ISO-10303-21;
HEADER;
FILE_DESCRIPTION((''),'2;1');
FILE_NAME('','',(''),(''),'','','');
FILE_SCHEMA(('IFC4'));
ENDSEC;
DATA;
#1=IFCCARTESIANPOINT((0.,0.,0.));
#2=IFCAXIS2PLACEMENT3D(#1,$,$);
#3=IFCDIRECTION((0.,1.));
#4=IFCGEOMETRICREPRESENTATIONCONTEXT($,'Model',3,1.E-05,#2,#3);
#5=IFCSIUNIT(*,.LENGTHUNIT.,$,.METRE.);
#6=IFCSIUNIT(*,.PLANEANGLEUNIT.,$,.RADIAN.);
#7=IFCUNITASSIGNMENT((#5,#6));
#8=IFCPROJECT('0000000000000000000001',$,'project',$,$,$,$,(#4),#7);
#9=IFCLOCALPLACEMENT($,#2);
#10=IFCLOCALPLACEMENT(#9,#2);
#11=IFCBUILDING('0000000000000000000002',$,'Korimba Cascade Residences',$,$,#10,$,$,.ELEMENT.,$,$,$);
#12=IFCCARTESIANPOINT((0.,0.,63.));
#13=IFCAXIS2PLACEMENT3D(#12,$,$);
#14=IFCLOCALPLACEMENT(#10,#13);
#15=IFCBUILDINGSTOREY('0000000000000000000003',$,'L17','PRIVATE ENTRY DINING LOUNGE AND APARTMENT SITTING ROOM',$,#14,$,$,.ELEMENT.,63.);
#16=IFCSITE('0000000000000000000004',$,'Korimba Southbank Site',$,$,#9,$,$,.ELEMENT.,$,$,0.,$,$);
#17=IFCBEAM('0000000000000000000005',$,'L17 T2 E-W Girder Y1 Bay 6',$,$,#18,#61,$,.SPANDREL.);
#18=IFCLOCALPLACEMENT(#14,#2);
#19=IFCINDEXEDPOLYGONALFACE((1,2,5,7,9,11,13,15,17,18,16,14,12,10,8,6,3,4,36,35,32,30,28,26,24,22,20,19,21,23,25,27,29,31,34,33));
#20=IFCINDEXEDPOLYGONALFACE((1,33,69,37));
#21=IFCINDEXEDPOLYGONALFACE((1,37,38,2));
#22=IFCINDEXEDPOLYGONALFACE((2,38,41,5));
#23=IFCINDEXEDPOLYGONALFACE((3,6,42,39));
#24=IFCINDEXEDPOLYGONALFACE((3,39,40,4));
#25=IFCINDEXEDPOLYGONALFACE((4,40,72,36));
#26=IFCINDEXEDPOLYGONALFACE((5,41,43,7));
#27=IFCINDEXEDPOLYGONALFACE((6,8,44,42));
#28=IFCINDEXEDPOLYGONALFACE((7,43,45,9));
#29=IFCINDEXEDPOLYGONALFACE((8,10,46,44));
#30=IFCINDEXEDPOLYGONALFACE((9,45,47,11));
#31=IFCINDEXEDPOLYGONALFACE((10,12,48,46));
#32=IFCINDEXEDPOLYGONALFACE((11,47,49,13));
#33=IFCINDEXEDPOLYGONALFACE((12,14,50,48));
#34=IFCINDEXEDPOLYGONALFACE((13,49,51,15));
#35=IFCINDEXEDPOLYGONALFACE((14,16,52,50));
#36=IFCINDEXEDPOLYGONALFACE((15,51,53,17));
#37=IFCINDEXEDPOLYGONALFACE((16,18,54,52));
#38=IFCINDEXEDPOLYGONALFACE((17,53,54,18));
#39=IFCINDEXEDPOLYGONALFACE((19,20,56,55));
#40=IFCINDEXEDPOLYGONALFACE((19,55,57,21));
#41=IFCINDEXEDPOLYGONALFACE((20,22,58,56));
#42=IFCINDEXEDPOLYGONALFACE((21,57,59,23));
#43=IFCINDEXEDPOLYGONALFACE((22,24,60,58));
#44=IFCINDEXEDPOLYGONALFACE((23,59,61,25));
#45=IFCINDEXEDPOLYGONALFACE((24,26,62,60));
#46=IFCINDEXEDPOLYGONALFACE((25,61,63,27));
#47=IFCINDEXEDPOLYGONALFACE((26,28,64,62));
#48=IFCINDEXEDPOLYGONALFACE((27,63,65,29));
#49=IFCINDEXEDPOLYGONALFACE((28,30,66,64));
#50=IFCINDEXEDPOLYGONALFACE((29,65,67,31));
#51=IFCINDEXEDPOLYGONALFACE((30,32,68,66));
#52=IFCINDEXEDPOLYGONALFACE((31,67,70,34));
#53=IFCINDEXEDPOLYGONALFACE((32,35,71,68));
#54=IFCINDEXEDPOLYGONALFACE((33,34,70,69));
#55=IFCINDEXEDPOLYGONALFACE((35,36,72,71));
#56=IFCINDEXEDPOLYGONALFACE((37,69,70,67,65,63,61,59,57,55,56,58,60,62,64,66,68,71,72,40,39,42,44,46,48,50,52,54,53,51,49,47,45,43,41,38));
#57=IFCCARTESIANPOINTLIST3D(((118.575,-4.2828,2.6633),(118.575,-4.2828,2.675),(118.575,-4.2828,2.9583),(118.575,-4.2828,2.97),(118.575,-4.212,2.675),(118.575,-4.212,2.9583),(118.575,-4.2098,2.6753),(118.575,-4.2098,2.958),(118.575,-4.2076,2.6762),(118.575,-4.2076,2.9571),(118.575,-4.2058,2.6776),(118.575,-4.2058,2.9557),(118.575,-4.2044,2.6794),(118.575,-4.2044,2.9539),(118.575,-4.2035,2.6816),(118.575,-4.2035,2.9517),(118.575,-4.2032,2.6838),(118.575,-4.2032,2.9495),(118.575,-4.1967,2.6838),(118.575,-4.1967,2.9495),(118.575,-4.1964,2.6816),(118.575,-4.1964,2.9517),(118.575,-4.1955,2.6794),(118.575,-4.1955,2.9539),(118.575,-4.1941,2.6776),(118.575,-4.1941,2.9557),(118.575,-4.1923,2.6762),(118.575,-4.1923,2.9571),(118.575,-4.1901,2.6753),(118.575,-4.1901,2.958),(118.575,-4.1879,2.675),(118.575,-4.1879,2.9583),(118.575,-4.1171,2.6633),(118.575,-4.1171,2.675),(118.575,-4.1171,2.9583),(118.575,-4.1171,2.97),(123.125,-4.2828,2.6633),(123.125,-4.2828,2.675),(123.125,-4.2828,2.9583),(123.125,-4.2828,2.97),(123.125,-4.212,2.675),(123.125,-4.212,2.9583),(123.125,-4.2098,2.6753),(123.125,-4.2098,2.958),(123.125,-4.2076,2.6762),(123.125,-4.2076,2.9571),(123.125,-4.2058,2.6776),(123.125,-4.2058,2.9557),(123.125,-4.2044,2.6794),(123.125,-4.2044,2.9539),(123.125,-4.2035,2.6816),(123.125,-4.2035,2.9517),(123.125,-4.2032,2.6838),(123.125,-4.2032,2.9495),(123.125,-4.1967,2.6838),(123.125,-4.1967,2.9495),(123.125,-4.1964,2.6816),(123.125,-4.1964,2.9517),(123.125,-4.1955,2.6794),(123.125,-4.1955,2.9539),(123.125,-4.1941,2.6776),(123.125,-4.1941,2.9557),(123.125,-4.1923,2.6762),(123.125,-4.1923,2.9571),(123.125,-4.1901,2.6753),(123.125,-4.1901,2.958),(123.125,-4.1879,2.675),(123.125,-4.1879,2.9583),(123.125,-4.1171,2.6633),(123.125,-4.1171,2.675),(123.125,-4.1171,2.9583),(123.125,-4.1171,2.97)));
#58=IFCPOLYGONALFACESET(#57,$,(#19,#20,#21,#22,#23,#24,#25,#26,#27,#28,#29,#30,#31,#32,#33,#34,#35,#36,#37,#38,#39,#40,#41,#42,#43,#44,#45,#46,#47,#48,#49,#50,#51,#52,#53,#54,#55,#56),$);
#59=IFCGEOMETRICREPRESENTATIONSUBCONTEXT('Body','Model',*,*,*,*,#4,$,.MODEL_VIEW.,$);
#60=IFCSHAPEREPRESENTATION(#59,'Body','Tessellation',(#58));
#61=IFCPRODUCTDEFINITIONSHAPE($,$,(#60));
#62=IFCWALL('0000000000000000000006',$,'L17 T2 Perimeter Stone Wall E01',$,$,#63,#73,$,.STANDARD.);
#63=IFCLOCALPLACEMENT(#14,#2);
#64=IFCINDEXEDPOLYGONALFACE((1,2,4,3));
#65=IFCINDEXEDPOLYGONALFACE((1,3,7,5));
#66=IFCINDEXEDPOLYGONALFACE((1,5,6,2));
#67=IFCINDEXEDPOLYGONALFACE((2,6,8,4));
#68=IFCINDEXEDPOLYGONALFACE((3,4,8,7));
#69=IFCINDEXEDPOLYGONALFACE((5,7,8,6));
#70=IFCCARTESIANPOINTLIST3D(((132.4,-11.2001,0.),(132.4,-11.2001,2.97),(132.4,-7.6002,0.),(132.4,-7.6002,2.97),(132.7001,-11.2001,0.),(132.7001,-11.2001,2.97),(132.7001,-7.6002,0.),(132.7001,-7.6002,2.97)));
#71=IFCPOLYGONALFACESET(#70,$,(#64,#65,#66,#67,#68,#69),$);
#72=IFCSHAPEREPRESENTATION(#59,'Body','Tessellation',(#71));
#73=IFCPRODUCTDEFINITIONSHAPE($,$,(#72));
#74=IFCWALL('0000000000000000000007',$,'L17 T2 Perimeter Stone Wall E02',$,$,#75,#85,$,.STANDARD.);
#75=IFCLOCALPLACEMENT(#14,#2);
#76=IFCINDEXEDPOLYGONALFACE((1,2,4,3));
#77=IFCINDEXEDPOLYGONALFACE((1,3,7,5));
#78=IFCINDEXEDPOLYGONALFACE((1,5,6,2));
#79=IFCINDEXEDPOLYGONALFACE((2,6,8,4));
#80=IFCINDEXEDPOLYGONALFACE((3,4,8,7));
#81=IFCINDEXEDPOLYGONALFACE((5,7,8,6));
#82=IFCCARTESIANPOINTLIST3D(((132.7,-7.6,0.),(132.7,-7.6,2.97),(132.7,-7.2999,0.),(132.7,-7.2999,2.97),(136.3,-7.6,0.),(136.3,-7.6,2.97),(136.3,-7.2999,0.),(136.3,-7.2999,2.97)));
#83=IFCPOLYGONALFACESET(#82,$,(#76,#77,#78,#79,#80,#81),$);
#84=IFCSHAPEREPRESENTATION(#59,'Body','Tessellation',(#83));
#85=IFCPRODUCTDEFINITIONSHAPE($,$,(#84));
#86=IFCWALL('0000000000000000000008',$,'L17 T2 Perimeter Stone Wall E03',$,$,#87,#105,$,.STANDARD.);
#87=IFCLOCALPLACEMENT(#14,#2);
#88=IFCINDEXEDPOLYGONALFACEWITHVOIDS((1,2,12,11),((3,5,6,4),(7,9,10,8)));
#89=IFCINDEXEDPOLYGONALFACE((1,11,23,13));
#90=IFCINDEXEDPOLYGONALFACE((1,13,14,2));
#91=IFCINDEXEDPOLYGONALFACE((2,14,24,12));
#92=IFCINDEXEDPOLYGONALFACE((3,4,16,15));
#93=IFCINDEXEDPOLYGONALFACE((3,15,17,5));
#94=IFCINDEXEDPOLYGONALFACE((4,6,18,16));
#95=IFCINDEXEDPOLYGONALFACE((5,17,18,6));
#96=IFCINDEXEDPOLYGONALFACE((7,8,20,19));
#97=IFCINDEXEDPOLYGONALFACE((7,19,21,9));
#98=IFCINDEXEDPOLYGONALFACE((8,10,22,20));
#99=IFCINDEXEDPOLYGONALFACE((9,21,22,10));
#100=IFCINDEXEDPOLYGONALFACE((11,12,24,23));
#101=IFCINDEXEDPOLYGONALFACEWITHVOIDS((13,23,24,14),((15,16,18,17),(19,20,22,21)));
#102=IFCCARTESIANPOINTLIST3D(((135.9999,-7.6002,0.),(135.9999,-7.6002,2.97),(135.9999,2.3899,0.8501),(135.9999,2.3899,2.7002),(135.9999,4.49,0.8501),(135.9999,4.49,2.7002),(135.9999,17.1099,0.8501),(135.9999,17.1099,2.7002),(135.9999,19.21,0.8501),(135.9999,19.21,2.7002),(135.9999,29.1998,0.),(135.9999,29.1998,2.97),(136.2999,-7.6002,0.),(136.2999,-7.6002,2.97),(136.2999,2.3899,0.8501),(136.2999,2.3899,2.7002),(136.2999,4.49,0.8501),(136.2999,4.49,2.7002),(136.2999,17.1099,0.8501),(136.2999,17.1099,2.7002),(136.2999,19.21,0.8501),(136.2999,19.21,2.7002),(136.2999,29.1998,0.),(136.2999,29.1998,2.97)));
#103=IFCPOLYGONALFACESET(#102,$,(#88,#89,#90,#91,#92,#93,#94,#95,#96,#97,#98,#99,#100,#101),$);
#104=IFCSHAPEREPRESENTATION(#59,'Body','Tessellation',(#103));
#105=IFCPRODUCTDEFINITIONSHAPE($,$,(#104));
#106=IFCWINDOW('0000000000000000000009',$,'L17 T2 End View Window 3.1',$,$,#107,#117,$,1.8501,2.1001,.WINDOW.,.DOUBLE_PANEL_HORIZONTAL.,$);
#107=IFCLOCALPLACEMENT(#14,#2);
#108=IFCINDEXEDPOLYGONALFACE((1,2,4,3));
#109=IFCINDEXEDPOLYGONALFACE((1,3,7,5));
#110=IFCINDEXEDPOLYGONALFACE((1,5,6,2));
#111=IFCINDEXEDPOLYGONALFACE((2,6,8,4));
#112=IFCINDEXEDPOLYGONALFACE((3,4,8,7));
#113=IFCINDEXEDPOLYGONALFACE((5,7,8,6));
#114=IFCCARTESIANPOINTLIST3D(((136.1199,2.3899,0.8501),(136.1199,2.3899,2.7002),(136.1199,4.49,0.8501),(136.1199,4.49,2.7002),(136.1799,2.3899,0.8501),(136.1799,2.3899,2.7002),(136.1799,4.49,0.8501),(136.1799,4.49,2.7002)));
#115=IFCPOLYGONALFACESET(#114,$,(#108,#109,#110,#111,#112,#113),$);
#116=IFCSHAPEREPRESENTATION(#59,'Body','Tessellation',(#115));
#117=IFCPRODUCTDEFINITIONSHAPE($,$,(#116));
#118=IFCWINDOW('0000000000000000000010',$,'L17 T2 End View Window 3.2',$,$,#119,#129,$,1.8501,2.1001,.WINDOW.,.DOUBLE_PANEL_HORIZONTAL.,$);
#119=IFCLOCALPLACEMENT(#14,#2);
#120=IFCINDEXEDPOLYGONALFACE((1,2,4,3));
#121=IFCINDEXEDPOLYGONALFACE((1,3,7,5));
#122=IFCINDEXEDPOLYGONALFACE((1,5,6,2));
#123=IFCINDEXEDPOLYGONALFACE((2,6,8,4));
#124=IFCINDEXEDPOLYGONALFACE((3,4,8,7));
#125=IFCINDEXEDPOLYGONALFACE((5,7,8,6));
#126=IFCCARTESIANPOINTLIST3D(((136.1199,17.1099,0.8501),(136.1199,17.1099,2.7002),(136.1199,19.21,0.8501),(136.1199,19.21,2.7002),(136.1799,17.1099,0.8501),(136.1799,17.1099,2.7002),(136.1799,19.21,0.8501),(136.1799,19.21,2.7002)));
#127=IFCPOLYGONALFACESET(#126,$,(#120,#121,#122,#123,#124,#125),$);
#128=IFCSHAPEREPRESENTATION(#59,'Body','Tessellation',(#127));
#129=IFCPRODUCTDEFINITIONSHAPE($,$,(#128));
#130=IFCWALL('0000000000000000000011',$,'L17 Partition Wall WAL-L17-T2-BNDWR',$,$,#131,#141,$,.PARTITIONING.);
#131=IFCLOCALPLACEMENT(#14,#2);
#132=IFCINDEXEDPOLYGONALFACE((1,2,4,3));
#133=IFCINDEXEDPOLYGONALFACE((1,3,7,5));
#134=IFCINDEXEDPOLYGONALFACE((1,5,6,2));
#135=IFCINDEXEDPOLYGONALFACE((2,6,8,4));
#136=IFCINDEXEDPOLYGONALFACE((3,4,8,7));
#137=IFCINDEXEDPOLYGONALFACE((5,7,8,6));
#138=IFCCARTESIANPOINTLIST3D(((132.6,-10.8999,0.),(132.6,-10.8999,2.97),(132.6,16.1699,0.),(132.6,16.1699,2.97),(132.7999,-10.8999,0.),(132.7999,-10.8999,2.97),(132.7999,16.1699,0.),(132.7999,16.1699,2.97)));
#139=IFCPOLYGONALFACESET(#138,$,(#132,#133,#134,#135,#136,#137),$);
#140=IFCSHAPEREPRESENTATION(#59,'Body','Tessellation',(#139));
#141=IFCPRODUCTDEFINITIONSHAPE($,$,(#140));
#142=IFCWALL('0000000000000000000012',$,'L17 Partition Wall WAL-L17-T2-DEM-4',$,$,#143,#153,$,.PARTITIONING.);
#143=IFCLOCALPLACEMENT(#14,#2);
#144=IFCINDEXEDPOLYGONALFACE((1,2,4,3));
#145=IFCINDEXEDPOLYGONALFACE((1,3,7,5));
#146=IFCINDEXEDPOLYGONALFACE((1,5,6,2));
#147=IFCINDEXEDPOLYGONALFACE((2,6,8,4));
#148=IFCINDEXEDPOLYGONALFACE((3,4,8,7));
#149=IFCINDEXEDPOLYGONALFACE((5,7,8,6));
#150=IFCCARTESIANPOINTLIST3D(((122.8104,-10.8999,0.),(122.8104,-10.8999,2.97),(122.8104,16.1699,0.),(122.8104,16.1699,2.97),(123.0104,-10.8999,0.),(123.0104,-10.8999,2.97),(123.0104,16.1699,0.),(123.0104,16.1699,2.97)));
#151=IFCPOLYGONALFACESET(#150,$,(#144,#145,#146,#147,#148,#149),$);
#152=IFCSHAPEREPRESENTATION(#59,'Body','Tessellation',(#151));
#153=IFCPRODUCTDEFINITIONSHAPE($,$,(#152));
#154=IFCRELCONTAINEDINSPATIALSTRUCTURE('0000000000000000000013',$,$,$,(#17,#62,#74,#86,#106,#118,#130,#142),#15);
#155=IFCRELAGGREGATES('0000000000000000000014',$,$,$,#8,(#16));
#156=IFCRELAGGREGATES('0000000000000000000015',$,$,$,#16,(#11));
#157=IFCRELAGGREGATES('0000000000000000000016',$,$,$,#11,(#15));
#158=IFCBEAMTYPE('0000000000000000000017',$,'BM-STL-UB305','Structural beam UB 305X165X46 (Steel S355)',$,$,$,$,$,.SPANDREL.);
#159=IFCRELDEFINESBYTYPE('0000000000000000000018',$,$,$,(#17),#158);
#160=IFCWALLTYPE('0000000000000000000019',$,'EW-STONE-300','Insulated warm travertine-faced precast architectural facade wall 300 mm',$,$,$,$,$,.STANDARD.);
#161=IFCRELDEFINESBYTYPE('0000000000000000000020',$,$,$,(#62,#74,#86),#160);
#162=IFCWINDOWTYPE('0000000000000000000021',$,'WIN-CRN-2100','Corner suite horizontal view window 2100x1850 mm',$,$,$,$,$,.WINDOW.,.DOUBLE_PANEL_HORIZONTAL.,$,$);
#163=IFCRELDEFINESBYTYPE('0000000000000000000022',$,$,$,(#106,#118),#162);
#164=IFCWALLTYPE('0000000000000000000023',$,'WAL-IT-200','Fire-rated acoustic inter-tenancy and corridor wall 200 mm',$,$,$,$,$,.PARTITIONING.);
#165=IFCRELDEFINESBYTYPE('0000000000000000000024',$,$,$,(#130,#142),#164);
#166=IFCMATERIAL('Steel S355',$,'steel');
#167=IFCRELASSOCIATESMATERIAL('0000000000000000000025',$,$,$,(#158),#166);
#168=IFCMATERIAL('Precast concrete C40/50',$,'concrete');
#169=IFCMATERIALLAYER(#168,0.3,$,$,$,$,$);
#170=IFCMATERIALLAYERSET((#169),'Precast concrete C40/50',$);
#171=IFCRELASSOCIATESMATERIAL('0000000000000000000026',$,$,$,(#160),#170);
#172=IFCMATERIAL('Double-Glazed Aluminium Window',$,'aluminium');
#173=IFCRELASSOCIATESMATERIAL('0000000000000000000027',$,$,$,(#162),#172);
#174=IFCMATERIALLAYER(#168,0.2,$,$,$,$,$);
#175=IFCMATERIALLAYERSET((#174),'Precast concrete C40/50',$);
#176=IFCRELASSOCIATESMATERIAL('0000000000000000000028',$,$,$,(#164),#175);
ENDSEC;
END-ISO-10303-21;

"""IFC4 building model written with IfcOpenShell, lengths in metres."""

from ifc_helpers import new_model, si_unit, direction, frame, frame_2d, origin, origin_2d, place, context, subcontext, project, spatial, rectangle, i_section, extrude, material, layer, layer_set, material_profile, profile_set, type_object, element, fill, save


model = new_model("IFC4")

# Units and contexts
model_context = context("Model", 3, precision=1e-05, world=origin(), true_north=direction((0.0, 1.0)))
body_context = subcontext(model_context, "Body", "Model", "MODEL_VIEW")
ifc_project = project(units=[si_unit("LENGTHUNIT", "METRE"), si_unit("PLANEANGLEUNIT", "RADIAN")], contexts=[model_context])

# Site, building, storey
site_placement = place(None, origin())
site = spatial("IfcSite", under=ifc_project, at=site_placement, Name="Korimba Southbank Site", CompositionType="ELEMENT", RefElevation=0.0)
building_placement = place(site_placement, origin())
building = spatial("IfcBuilding", under=site, at=building_placement, Name="Korimba Cascade Residences", CompositionType="ELEMENT")
storey_placement = place(building_placement, frame((0.0, 0.0, 63.0)))
storey = spatial("IfcBuildingStorey", under=building, at=storey_placement, Name="L17", Description="PRIVATE ENTRY DINING LOUNGE AND APARTMENT SITTING ROOM", CompositionType="ELEMENT", Elevation=63.0)

# Beam
ifc_material_1 = material(Name="Steel S355", Category="steel")
ifc_material_profile = material_profile(ifc_material_1, i_section(OverallWidth=0.1658, OverallDepth=0.3066, WebThickness=0.0066, FlangeThickness=0.0117, FilletRadius=0.0088, at=origin_2d()), Name="Steel S355")
ifc_profile_set = profile_set([ifc_material_profile], Name="Steel S355")
beam_type = type_object("IfcBeamType", Name="BM-STL-UB305", Description="Structural beam UB 305X165X46 (Steel S355)", PredefinedType="SPANDREL", material=ifc_profile_set)
beam_placement = place(storey_placement, frame((118.575, -4.2, 2.8167), z_axis=(1.0, 0.0, 0.0), x_axis=(0.0, 1.0, 0.0)))
element("IfcBeam", 1, at=beam_placement, inside=storey, type_object=beam_type, Name="L17 T2 E-W Girder Y1 Bay 6", PredefinedType="SPANDREL", context=body_context, shape_type="SweptSolid", body=[
    extrude(i_section(OverallWidth=0.1658, OverallDepth=0.3066, WebThickness=0.0066, FlangeThickness=0.0117, FilletRadius=0.0088, at=origin_2d()), origin(), (0.0, 0.0, 1.0), 4.55),
])

# Walls
ifc_material_2 = material(Name="Precast concrete C40/50", Category="concrete")
ifc_layer_1 = layer(ifc_material_2, 0.3)
ifc_layer_set_1 = layer_set([ifc_layer_1], Name="Precast concrete C40/50")
wall_type_1 = type_object("IfcWallType", Name="EW-STONE-300", Description="Insulated warm travertine-faced precast architectural facade wall 300 mm", PredefinedType="STANDARD", material=ifc_layer_set_1)
wall_1_placement = place(storey_placement, frame((132.55, -11.2, 0.0), z_axis=(0.0, 0.0, 1.0), x_axis=(0.0, 1.0, 0.0)))
element("IfcWall", 2, at=wall_1_placement, inside=storey, type_object=wall_type_1, Name="L17 T2 Perimeter Stone Wall E01", PredefinedType="STANDARD", context=body_context, shape_type="SweptSolid", body=[
    extrude(rectangle(XDim=3.5999, YDim=0.3, at=frame_2d((1.7998, 0.0))), origin(), (0.0, 0.0, 1.0), 2.97),
])
wall_2_placement = place(storey_placement, frame((132.7, -7.45, 0.0), z_axis=(0.0, 0.0, 1.0), x_axis=(1.0, 0.0, 0.0)))
element("IfcWall", 3, at=wall_2_placement, inside=storey, type_object=wall_type_1, Name="L17 T2 Perimeter Stone Wall E02", PredefinedType="STANDARD", context=body_context, shape_type="SweptSolid", body=[
    extrude(rectangle(XDim=3.6001, YDim=0.3, at=frame_2d((1.8, 0.0))), origin(), (0.0, 0.0, 1.0), 2.97),
])

# Wall, openings, windows
wall_3_placement = place(storey_placement, frame((136.1499, -7.6001, 0.0), z_axis=(0.0, 0.0, 1.0), x_axis=(0.0, 1.0, 0.0)))
wall_3 = element("IfcWall", 4, at=wall_3_placement, inside=storey, type_object=wall_type_1, Name="L17 T2 Perimeter Stone Wall E03", PredefinedType="STANDARD", context=body_context, shape_type="SweptSolid", body=[
    extrude(rectangle(XDim=36.8, YDim=0.3, at=frame_2d((18.3999, 0.0))), origin(), (0.0, 0.0, 1.0), 2.97),
])
opening_1_placement = place(wall_3_placement, frame((9.99, 0.0, 0.8501)))
opening_1 = element("IfcOpeningElement", 5, at=opening_1_placement, cuts=wall_3, PredefinedType="OPENING", context=body_context, shape_type="SweptSolid", body=[
    extrude(rectangle(XDim=2.1001, YDim=1.8501, at=frame_2d((1.05, 0.925))), frame((0.0, 0.1602, 0.0), z_axis=(0.0, -1.0, 0.0), x_axis=(1.0, 0.0, 0.0)), (0.0, 0.0, 1.0), 0.3201),
])
opening_2_placement = place(wall_3_placement, frame((24.71, 0.0, 0.8501)))
opening_2 = element("IfcOpeningElement", 6, at=opening_2_placement, cuts=wall_3, PredefinedType="OPENING", context=body_context, shape_type="SweptSolid", body=[
    extrude(rectangle(XDim=2.1001, YDim=1.8501, at=frame_2d((1.05, 0.925))), frame((0.0, 0.1602, 0.0), z_axis=(0.0, -1.0, 0.0), x_axis=(1.0, 0.0, 0.0)), (0.0, 0.0, 1.0), 0.3201),
])
ifc_material_3 = material(Name="Double-Glazed Aluminium Window", Category="aluminium")
window_type = type_object("IfcWindowType", Name="WIN-CRN-2100", Description="Corner suite horizontal view window 2100x1850 mm", PartitioningType="DOUBLE_PANEL_HORIZONTAL", PredefinedType="WINDOW", material=ifc_material_3)
window_1_placement = place(opening_1_placement, origin())
window_1 = element("IfcWindow", 7, at=window_1_placement, inside=storey, type_object=window_type, Name="L17 T2 End View Window 3.1", OverallHeight=1.8501, OverallWidth=2.1001, PartitioningType="DOUBLE_PANEL_HORIZONTAL", PredefinedType="WINDOW", context=body_context, shape_type="SweptSolid", body=[
    extrude(rectangle(XDim=2.1001, YDim=1.8501, at=frame_2d((1.05, 0.925))), frame((0.0, 0.03, 0.0), z_axis=(0.0, -1.0, 0.0), x_axis=(1.0, 0.0, 0.0)), (0.0, 0.0, 1.0), 0.0601),
])
fill(opening_1, window_1)
window_2_placement = place(opening_2_placement, origin())
window_2 = element("IfcWindow", 8, at=window_2_placement, inside=storey, type_object=window_type, Name="L17 T2 End View Window 3.2", OverallHeight=1.8501, OverallWidth=2.1001, PartitioningType="DOUBLE_PANEL_HORIZONTAL", PredefinedType="WINDOW", context=body_context, shape_type="SweptSolid", body=[
    extrude(rectangle(XDim=2.1001, YDim=1.8501, at=frame_2d((1.05, 0.925))), frame((0.0, 0.03, 0.0), z_axis=(0.0, -1.0, 0.0), x_axis=(1.0, 0.0, 0.0)), (0.0, 0.0, 1.0), 0.0601),
])
fill(opening_2, window_2)

# Walls
ifc_layer_2 = layer(ifc_material_2, 0.2)
ifc_layer_set_2 = layer_set([ifc_layer_2], Name="Precast concrete C40/50")
wall_type_2 = type_object("IfcWallType", Name="WAL-IT-200", Description="Fire-rated acoustic inter-tenancy and corridor wall 200 mm", PredefinedType="PARTITIONING", material=ifc_layer_set_2)
for number, where, z_axis, x_axis, name in (
    (9, (132.7, -10.8999, 0.0), (0.0, 0.0, 1.0), (0.0, 1.0, 0.0), "L17 Partition Wall WAL-L17-T2-BNDWR"),
    (10, (122.9104, -10.8999, 0.0), (0.0, 0.0, 1.0), (0.0, 1.0, 0.0), "L17 Partition Wall WAL-L17-T2-DEM-4"),
):
    element("IfcWall", number, at=place(storey_placement, frame(where, z_axis=z_axis, x_axis=x_axis)), inside=storey, type_object=wall_type_2, Name=name, PredefinedType="PARTITIONING", context=body_context, shape_type="SweptSolid", body=[
        extrude(rectangle(XDim=27.0698, YDim=0.2, at=frame_2d((13.5349, 0.0))), origin(), (0.0, 0.0, 1.0), 2.97),
    ])

save(model, "model.ifc")
